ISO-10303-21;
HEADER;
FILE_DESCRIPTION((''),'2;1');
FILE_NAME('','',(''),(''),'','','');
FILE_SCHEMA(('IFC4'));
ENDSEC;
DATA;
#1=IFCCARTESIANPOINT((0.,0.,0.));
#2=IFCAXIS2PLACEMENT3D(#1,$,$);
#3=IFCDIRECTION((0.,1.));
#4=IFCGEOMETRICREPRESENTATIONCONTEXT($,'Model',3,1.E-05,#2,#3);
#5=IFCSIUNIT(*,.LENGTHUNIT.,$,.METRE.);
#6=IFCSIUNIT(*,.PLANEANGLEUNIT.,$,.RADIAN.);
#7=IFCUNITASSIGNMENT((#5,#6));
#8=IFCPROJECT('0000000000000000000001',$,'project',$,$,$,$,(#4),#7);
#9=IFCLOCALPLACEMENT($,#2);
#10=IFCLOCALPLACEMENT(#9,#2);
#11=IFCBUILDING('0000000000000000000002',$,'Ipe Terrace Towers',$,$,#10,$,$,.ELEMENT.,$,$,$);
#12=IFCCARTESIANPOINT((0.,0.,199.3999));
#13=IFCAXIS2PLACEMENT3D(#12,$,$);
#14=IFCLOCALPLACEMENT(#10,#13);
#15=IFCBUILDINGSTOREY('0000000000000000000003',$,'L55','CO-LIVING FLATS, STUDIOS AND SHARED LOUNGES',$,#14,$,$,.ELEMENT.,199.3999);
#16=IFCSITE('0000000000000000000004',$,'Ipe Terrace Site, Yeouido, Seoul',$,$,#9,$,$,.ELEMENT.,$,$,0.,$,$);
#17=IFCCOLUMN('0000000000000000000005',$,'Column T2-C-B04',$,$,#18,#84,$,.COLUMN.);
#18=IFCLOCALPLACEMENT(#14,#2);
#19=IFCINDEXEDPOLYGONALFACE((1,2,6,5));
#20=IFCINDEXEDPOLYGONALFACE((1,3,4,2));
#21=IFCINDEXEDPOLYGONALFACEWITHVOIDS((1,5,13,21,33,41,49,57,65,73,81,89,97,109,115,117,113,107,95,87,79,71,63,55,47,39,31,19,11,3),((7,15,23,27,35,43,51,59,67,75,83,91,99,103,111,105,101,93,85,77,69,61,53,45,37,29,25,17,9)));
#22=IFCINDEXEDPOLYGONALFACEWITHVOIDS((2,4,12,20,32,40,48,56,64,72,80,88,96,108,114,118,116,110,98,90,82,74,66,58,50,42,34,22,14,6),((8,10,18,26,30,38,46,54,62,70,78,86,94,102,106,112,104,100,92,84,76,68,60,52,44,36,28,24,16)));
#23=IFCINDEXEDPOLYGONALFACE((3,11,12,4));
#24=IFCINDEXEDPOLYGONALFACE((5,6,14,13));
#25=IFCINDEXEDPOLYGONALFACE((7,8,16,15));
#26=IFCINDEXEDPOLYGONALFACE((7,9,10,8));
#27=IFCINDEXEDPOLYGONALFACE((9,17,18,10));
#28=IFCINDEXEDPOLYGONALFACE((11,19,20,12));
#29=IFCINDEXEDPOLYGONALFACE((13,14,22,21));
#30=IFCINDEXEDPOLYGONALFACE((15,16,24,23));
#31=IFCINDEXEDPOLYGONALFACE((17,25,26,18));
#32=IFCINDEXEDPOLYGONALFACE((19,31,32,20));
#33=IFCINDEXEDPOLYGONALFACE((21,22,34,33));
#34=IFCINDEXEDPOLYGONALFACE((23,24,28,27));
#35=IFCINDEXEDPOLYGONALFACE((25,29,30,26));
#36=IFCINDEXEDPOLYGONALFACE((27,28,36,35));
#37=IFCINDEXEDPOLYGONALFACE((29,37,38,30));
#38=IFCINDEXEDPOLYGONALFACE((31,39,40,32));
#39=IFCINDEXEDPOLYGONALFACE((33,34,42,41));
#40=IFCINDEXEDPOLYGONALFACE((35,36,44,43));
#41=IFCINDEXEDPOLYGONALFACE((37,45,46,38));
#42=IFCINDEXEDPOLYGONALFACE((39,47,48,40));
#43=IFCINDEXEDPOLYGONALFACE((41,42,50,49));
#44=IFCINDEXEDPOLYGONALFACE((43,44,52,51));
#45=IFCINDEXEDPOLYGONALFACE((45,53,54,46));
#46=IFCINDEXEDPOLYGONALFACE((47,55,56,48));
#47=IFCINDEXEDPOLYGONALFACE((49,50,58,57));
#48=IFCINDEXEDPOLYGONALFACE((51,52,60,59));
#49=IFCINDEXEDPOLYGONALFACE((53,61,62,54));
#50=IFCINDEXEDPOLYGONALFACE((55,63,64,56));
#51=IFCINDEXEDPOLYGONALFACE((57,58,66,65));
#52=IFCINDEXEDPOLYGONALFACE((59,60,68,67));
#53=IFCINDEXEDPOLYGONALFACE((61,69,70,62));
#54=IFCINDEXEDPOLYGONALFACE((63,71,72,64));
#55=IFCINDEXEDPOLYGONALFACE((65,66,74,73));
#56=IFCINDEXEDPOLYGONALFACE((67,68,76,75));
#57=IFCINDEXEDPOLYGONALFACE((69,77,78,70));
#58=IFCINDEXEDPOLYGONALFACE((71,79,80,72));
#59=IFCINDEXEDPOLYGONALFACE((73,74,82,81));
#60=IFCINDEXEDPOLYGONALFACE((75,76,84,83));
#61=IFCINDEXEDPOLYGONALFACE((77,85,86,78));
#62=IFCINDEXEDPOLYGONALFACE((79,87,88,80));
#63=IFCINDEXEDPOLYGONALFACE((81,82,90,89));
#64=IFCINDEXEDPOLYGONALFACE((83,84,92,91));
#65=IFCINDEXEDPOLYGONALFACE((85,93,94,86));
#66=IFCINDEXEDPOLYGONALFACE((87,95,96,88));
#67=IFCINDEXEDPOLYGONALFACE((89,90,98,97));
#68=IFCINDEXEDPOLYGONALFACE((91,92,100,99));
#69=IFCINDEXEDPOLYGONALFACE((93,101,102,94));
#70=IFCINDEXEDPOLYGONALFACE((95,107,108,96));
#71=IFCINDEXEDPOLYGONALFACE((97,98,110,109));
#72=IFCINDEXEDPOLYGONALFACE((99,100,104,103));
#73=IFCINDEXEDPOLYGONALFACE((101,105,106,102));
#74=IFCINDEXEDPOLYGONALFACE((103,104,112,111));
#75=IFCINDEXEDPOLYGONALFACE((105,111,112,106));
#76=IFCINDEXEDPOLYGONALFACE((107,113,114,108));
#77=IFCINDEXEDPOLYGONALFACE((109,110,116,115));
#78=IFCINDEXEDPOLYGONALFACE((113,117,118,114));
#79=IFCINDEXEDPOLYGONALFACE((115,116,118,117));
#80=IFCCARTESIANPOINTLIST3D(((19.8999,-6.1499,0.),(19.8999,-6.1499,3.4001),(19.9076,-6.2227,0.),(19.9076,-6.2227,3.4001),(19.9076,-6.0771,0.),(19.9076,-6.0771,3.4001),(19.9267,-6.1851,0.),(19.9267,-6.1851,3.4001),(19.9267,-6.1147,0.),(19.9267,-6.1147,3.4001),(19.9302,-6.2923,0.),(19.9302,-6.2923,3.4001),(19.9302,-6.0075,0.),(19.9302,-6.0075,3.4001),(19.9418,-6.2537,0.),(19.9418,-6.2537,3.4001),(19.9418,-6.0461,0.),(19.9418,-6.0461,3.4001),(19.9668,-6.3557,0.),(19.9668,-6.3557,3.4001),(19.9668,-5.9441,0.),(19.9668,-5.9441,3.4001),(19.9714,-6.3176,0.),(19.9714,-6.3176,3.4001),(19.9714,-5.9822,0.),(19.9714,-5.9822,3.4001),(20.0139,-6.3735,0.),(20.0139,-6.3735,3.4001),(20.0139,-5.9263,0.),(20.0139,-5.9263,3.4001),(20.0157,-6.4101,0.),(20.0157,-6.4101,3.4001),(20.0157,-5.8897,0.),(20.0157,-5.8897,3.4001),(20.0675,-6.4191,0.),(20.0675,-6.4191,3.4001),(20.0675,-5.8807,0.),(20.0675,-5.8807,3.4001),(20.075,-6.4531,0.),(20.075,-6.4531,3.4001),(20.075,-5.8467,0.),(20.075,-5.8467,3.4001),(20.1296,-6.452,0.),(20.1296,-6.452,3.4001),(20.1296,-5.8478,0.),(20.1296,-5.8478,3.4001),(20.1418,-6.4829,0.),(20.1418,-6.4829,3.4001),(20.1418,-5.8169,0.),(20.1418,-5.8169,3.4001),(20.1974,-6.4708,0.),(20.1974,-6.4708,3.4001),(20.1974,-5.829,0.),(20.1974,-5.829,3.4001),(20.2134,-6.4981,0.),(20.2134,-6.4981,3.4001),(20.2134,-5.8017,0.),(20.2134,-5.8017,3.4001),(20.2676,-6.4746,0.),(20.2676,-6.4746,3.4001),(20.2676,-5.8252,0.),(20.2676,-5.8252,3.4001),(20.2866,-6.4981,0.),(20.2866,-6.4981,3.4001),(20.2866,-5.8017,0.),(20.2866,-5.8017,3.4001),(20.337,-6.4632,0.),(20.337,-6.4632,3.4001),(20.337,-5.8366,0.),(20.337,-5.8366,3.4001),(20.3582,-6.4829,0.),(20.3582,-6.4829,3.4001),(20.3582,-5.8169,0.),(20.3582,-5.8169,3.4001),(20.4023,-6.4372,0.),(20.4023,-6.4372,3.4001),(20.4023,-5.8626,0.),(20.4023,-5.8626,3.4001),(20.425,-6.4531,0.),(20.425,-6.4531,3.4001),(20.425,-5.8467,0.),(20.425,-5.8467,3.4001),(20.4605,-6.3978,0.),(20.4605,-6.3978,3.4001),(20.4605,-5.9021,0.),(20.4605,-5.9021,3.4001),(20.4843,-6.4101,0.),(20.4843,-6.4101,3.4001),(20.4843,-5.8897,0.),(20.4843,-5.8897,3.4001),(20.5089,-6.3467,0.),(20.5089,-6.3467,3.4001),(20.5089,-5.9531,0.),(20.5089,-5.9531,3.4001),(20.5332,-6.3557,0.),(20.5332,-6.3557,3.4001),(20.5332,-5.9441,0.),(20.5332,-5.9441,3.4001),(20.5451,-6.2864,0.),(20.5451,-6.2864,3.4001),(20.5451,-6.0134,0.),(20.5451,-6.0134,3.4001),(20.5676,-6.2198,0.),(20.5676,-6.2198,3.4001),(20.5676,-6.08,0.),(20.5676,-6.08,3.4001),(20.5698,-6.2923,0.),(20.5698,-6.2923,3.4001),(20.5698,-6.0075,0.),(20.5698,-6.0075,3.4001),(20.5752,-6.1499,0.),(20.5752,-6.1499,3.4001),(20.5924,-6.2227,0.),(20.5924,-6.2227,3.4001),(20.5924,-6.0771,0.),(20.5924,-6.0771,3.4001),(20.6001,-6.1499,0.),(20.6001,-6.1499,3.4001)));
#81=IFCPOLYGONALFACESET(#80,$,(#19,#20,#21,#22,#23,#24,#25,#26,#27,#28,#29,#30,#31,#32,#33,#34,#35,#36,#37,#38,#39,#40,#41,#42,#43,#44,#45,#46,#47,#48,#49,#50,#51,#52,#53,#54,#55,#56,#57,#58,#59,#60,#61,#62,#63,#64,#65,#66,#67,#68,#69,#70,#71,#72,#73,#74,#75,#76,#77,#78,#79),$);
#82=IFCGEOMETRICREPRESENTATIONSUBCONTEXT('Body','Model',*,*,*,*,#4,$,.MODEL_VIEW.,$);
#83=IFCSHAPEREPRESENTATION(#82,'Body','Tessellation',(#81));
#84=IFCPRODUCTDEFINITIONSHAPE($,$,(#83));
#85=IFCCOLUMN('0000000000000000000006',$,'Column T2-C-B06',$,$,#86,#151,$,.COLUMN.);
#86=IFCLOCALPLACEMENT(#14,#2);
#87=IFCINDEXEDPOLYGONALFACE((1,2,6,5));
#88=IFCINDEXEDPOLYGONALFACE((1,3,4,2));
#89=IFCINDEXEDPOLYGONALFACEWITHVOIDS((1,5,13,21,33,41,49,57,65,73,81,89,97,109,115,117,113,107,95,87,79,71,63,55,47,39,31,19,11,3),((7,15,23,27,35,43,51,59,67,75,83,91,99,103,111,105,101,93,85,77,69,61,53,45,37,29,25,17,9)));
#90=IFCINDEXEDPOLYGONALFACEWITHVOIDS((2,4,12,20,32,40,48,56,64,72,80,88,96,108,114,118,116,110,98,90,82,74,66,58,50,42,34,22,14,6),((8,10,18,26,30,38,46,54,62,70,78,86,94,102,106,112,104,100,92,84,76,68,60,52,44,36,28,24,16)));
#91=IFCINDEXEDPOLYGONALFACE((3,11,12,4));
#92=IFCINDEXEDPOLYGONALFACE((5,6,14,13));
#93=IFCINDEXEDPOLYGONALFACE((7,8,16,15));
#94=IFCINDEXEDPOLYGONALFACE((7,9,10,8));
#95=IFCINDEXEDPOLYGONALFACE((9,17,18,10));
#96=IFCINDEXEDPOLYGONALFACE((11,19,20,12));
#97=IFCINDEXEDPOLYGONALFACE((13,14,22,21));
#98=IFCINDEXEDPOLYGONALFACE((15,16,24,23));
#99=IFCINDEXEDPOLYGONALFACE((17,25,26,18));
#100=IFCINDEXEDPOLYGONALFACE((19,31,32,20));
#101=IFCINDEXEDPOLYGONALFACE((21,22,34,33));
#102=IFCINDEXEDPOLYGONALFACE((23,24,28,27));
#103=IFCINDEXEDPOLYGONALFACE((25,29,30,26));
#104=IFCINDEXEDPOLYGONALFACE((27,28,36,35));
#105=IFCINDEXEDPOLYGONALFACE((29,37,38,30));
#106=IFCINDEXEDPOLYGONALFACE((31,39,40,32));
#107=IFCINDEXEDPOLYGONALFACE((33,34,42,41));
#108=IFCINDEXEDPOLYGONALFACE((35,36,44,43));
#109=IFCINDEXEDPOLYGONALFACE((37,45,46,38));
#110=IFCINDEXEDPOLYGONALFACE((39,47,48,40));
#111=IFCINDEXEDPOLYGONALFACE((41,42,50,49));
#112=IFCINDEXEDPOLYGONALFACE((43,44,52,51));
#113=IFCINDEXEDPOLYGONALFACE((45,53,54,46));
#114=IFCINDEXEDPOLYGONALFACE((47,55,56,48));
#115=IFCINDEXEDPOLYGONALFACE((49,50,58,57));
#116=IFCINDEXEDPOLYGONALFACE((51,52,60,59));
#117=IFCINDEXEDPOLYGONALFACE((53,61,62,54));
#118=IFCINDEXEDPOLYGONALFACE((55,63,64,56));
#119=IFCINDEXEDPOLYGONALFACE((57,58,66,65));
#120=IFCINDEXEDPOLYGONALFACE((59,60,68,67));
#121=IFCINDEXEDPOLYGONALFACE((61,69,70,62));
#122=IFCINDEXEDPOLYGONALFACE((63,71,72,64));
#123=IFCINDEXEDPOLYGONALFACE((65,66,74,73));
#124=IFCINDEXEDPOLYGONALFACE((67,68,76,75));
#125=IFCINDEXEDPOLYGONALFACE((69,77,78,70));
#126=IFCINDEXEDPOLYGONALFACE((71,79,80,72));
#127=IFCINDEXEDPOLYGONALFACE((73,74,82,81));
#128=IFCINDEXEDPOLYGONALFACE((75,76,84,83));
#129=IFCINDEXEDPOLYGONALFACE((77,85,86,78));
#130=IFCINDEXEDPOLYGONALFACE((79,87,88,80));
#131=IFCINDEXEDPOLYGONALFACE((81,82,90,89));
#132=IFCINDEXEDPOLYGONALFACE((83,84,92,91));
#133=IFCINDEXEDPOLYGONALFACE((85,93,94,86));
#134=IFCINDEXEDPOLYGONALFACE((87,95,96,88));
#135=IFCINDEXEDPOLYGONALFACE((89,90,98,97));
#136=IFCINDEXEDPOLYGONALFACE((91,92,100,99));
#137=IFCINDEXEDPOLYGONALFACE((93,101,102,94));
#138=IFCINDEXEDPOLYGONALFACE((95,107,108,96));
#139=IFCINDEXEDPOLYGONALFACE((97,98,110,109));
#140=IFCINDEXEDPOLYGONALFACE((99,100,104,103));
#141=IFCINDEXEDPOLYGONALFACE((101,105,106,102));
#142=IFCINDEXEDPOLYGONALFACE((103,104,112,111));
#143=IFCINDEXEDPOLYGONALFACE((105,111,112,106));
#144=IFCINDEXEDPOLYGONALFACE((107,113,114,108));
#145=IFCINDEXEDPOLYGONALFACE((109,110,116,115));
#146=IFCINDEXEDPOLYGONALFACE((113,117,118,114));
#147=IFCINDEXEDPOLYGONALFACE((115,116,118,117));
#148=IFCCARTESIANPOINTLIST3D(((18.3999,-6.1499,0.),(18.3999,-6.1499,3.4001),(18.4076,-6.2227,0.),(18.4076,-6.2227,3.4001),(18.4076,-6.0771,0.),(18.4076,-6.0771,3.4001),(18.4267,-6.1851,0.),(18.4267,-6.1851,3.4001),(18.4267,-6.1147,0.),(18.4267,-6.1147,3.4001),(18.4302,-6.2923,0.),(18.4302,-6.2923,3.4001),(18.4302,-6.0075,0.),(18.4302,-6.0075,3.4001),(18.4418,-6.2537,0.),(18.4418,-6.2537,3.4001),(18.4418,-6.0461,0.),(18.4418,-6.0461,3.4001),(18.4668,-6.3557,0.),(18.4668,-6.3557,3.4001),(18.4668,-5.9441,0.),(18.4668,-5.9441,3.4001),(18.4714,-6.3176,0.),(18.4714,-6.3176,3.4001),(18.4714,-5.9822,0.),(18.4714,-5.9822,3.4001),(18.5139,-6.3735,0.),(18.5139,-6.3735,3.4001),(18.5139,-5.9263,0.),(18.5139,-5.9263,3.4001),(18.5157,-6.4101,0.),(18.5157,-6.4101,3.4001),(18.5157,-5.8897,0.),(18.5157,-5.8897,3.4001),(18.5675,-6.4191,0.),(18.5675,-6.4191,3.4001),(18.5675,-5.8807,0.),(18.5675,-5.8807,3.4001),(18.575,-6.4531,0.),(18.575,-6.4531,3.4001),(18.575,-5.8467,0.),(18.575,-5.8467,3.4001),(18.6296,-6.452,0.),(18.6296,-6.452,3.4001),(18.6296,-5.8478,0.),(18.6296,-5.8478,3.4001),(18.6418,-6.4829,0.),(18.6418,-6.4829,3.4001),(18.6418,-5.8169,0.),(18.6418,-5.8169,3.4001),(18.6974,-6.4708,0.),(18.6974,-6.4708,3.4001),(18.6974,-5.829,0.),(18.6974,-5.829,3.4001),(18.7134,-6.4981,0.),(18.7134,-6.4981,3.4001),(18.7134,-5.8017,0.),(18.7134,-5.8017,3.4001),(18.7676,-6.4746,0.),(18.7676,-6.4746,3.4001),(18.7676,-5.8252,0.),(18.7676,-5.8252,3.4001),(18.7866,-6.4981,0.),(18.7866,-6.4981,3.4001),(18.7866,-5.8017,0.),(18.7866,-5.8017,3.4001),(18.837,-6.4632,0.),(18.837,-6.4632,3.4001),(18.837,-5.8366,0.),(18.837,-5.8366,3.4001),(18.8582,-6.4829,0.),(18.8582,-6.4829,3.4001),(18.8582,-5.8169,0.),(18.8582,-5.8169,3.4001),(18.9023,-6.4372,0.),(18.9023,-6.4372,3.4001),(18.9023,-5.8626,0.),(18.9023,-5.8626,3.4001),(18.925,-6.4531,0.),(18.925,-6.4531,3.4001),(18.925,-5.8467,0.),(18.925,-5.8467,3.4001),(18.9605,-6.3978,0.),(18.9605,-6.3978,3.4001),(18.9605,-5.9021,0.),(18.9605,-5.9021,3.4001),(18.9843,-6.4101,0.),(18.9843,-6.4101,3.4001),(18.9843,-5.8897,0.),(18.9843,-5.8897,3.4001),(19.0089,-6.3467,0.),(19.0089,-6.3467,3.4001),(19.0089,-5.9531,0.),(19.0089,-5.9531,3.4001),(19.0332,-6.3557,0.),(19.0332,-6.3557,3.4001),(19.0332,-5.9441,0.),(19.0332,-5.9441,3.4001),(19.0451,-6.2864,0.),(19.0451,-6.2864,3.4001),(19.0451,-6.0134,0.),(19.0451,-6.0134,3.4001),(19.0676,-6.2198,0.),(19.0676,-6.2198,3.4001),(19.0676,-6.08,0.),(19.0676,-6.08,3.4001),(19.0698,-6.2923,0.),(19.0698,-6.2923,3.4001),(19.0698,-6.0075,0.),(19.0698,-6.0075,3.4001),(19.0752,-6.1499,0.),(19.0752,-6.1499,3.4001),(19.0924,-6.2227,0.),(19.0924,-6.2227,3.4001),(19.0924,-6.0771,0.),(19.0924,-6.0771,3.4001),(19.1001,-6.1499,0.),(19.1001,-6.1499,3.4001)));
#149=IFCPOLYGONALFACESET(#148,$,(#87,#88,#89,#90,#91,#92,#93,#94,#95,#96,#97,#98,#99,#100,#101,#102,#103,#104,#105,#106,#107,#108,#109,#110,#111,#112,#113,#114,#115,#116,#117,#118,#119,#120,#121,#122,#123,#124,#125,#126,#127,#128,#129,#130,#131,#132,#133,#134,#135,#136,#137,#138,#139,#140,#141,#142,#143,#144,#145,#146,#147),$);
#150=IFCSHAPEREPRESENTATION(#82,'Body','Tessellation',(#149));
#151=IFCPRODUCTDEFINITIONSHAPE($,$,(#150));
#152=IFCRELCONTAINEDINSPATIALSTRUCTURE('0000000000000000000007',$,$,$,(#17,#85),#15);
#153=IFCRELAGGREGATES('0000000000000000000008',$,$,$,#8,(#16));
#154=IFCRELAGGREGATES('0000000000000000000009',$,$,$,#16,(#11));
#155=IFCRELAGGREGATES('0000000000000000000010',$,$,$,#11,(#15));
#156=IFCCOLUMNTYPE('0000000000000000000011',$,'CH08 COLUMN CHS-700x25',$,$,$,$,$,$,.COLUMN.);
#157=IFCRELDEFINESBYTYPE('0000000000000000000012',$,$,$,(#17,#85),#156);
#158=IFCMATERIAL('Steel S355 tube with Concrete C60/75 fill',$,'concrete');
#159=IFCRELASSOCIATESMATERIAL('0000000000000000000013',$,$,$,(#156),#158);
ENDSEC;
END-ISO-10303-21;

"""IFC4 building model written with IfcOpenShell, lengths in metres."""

from ifc_helpers import new_model, si_unit, direction, frame, origin, origin_2d, place, context, subcontext, project, spatial, hollow_circle, extrude, material, material_profile, profile_set, type_object, element, save


model = new_model("IFC4")

# Units and contexts
model_context = context("Model", 3, precision=1e-05, world=origin(), true_north=direction((0.0, 1.0)))
body_context = subcontext(model_context, "Body", "Model", "MODEL_VIEW")
ifc_project = project(units=[si_unit("LENGTHUNIT", "METRE"), si_unit("PLANEANGLEUNIT", "RADIAN")], contexts=[model_context])

# Site, building, storey
site_placement = place(None, origin())
site = spatial("IfcSite", under=ifc_project, at=site_placement, Name="Ipe Terrace Site, Yeouido, Seoul", CompositionType="ELEMENT", RefElevation=0.0)
building_placement = place(site_placement, origin())
building = spatial("IfcBuilding", under=site, at=building_placement, Name="Ipe Terrace Towers", CompositionType="ELEMENT")
storey_placement = place(building_placement, frame((0.0, 0.0, 199.3999)))
storey = spatial("IfcBuildingStorey", under=building, at=storey_placement, Name="L55", Description="CO-LIVING FLATS, STUDIOS AND SHARED LOUNGES", CompositionType="ELEMENT", Elevation=199.3999)

# Columns
ifc_material_1 = material(Name="Steel S355 tube with Concrete C60/75 fill", Category="concrete")
ifc_material_profile_1 = material_profile(ifc_material_1, hollow_circle(Radius=0.3501, WallThickness=0.0249, at=origin_2d()), Name="CHS-700x25")
ifc_profile_set_1 = profile_set([ifc_material_profile_1], Name="Steel S355 tube with Concrete C60/75 fill")
column_type_1 = type_object("IfcColumnType", Name="CH08 COLUMN CHS-700x25", PredefinedType="COLUMN", material=ifc_profile_set_1)
for number, where, z_axis, x_axis, name in (
    (1, (20.25, -6.1499, 0.0), (0.0, 0.0, 1.0), (1.0, 0.0, 0.0), "Column T2-C-B04"),
    (2, (18.75, -6.1499, 0.0), (0.0, 0.0, 1.0), (1.0, 0.0, 0.0), "Column T2-C-B06"),
):
    element("IfcColumn", number, at=place(storey_placement, frame(where, z_axis=z_axis, x_axis=x_axis)), inside=storey, type_object=column_type_1, Name=name, PredefinedType="COLUMN", context=body_context, shape_type="SweptSolid", body=[
        extrude(hollow_circle(Radius=0.3501, WallThickness=0.0249, at=origin_2d()), origin(), (0.0, 0.0, 1.0), 3.4001),
    ])

save(model, "model.ifc")
